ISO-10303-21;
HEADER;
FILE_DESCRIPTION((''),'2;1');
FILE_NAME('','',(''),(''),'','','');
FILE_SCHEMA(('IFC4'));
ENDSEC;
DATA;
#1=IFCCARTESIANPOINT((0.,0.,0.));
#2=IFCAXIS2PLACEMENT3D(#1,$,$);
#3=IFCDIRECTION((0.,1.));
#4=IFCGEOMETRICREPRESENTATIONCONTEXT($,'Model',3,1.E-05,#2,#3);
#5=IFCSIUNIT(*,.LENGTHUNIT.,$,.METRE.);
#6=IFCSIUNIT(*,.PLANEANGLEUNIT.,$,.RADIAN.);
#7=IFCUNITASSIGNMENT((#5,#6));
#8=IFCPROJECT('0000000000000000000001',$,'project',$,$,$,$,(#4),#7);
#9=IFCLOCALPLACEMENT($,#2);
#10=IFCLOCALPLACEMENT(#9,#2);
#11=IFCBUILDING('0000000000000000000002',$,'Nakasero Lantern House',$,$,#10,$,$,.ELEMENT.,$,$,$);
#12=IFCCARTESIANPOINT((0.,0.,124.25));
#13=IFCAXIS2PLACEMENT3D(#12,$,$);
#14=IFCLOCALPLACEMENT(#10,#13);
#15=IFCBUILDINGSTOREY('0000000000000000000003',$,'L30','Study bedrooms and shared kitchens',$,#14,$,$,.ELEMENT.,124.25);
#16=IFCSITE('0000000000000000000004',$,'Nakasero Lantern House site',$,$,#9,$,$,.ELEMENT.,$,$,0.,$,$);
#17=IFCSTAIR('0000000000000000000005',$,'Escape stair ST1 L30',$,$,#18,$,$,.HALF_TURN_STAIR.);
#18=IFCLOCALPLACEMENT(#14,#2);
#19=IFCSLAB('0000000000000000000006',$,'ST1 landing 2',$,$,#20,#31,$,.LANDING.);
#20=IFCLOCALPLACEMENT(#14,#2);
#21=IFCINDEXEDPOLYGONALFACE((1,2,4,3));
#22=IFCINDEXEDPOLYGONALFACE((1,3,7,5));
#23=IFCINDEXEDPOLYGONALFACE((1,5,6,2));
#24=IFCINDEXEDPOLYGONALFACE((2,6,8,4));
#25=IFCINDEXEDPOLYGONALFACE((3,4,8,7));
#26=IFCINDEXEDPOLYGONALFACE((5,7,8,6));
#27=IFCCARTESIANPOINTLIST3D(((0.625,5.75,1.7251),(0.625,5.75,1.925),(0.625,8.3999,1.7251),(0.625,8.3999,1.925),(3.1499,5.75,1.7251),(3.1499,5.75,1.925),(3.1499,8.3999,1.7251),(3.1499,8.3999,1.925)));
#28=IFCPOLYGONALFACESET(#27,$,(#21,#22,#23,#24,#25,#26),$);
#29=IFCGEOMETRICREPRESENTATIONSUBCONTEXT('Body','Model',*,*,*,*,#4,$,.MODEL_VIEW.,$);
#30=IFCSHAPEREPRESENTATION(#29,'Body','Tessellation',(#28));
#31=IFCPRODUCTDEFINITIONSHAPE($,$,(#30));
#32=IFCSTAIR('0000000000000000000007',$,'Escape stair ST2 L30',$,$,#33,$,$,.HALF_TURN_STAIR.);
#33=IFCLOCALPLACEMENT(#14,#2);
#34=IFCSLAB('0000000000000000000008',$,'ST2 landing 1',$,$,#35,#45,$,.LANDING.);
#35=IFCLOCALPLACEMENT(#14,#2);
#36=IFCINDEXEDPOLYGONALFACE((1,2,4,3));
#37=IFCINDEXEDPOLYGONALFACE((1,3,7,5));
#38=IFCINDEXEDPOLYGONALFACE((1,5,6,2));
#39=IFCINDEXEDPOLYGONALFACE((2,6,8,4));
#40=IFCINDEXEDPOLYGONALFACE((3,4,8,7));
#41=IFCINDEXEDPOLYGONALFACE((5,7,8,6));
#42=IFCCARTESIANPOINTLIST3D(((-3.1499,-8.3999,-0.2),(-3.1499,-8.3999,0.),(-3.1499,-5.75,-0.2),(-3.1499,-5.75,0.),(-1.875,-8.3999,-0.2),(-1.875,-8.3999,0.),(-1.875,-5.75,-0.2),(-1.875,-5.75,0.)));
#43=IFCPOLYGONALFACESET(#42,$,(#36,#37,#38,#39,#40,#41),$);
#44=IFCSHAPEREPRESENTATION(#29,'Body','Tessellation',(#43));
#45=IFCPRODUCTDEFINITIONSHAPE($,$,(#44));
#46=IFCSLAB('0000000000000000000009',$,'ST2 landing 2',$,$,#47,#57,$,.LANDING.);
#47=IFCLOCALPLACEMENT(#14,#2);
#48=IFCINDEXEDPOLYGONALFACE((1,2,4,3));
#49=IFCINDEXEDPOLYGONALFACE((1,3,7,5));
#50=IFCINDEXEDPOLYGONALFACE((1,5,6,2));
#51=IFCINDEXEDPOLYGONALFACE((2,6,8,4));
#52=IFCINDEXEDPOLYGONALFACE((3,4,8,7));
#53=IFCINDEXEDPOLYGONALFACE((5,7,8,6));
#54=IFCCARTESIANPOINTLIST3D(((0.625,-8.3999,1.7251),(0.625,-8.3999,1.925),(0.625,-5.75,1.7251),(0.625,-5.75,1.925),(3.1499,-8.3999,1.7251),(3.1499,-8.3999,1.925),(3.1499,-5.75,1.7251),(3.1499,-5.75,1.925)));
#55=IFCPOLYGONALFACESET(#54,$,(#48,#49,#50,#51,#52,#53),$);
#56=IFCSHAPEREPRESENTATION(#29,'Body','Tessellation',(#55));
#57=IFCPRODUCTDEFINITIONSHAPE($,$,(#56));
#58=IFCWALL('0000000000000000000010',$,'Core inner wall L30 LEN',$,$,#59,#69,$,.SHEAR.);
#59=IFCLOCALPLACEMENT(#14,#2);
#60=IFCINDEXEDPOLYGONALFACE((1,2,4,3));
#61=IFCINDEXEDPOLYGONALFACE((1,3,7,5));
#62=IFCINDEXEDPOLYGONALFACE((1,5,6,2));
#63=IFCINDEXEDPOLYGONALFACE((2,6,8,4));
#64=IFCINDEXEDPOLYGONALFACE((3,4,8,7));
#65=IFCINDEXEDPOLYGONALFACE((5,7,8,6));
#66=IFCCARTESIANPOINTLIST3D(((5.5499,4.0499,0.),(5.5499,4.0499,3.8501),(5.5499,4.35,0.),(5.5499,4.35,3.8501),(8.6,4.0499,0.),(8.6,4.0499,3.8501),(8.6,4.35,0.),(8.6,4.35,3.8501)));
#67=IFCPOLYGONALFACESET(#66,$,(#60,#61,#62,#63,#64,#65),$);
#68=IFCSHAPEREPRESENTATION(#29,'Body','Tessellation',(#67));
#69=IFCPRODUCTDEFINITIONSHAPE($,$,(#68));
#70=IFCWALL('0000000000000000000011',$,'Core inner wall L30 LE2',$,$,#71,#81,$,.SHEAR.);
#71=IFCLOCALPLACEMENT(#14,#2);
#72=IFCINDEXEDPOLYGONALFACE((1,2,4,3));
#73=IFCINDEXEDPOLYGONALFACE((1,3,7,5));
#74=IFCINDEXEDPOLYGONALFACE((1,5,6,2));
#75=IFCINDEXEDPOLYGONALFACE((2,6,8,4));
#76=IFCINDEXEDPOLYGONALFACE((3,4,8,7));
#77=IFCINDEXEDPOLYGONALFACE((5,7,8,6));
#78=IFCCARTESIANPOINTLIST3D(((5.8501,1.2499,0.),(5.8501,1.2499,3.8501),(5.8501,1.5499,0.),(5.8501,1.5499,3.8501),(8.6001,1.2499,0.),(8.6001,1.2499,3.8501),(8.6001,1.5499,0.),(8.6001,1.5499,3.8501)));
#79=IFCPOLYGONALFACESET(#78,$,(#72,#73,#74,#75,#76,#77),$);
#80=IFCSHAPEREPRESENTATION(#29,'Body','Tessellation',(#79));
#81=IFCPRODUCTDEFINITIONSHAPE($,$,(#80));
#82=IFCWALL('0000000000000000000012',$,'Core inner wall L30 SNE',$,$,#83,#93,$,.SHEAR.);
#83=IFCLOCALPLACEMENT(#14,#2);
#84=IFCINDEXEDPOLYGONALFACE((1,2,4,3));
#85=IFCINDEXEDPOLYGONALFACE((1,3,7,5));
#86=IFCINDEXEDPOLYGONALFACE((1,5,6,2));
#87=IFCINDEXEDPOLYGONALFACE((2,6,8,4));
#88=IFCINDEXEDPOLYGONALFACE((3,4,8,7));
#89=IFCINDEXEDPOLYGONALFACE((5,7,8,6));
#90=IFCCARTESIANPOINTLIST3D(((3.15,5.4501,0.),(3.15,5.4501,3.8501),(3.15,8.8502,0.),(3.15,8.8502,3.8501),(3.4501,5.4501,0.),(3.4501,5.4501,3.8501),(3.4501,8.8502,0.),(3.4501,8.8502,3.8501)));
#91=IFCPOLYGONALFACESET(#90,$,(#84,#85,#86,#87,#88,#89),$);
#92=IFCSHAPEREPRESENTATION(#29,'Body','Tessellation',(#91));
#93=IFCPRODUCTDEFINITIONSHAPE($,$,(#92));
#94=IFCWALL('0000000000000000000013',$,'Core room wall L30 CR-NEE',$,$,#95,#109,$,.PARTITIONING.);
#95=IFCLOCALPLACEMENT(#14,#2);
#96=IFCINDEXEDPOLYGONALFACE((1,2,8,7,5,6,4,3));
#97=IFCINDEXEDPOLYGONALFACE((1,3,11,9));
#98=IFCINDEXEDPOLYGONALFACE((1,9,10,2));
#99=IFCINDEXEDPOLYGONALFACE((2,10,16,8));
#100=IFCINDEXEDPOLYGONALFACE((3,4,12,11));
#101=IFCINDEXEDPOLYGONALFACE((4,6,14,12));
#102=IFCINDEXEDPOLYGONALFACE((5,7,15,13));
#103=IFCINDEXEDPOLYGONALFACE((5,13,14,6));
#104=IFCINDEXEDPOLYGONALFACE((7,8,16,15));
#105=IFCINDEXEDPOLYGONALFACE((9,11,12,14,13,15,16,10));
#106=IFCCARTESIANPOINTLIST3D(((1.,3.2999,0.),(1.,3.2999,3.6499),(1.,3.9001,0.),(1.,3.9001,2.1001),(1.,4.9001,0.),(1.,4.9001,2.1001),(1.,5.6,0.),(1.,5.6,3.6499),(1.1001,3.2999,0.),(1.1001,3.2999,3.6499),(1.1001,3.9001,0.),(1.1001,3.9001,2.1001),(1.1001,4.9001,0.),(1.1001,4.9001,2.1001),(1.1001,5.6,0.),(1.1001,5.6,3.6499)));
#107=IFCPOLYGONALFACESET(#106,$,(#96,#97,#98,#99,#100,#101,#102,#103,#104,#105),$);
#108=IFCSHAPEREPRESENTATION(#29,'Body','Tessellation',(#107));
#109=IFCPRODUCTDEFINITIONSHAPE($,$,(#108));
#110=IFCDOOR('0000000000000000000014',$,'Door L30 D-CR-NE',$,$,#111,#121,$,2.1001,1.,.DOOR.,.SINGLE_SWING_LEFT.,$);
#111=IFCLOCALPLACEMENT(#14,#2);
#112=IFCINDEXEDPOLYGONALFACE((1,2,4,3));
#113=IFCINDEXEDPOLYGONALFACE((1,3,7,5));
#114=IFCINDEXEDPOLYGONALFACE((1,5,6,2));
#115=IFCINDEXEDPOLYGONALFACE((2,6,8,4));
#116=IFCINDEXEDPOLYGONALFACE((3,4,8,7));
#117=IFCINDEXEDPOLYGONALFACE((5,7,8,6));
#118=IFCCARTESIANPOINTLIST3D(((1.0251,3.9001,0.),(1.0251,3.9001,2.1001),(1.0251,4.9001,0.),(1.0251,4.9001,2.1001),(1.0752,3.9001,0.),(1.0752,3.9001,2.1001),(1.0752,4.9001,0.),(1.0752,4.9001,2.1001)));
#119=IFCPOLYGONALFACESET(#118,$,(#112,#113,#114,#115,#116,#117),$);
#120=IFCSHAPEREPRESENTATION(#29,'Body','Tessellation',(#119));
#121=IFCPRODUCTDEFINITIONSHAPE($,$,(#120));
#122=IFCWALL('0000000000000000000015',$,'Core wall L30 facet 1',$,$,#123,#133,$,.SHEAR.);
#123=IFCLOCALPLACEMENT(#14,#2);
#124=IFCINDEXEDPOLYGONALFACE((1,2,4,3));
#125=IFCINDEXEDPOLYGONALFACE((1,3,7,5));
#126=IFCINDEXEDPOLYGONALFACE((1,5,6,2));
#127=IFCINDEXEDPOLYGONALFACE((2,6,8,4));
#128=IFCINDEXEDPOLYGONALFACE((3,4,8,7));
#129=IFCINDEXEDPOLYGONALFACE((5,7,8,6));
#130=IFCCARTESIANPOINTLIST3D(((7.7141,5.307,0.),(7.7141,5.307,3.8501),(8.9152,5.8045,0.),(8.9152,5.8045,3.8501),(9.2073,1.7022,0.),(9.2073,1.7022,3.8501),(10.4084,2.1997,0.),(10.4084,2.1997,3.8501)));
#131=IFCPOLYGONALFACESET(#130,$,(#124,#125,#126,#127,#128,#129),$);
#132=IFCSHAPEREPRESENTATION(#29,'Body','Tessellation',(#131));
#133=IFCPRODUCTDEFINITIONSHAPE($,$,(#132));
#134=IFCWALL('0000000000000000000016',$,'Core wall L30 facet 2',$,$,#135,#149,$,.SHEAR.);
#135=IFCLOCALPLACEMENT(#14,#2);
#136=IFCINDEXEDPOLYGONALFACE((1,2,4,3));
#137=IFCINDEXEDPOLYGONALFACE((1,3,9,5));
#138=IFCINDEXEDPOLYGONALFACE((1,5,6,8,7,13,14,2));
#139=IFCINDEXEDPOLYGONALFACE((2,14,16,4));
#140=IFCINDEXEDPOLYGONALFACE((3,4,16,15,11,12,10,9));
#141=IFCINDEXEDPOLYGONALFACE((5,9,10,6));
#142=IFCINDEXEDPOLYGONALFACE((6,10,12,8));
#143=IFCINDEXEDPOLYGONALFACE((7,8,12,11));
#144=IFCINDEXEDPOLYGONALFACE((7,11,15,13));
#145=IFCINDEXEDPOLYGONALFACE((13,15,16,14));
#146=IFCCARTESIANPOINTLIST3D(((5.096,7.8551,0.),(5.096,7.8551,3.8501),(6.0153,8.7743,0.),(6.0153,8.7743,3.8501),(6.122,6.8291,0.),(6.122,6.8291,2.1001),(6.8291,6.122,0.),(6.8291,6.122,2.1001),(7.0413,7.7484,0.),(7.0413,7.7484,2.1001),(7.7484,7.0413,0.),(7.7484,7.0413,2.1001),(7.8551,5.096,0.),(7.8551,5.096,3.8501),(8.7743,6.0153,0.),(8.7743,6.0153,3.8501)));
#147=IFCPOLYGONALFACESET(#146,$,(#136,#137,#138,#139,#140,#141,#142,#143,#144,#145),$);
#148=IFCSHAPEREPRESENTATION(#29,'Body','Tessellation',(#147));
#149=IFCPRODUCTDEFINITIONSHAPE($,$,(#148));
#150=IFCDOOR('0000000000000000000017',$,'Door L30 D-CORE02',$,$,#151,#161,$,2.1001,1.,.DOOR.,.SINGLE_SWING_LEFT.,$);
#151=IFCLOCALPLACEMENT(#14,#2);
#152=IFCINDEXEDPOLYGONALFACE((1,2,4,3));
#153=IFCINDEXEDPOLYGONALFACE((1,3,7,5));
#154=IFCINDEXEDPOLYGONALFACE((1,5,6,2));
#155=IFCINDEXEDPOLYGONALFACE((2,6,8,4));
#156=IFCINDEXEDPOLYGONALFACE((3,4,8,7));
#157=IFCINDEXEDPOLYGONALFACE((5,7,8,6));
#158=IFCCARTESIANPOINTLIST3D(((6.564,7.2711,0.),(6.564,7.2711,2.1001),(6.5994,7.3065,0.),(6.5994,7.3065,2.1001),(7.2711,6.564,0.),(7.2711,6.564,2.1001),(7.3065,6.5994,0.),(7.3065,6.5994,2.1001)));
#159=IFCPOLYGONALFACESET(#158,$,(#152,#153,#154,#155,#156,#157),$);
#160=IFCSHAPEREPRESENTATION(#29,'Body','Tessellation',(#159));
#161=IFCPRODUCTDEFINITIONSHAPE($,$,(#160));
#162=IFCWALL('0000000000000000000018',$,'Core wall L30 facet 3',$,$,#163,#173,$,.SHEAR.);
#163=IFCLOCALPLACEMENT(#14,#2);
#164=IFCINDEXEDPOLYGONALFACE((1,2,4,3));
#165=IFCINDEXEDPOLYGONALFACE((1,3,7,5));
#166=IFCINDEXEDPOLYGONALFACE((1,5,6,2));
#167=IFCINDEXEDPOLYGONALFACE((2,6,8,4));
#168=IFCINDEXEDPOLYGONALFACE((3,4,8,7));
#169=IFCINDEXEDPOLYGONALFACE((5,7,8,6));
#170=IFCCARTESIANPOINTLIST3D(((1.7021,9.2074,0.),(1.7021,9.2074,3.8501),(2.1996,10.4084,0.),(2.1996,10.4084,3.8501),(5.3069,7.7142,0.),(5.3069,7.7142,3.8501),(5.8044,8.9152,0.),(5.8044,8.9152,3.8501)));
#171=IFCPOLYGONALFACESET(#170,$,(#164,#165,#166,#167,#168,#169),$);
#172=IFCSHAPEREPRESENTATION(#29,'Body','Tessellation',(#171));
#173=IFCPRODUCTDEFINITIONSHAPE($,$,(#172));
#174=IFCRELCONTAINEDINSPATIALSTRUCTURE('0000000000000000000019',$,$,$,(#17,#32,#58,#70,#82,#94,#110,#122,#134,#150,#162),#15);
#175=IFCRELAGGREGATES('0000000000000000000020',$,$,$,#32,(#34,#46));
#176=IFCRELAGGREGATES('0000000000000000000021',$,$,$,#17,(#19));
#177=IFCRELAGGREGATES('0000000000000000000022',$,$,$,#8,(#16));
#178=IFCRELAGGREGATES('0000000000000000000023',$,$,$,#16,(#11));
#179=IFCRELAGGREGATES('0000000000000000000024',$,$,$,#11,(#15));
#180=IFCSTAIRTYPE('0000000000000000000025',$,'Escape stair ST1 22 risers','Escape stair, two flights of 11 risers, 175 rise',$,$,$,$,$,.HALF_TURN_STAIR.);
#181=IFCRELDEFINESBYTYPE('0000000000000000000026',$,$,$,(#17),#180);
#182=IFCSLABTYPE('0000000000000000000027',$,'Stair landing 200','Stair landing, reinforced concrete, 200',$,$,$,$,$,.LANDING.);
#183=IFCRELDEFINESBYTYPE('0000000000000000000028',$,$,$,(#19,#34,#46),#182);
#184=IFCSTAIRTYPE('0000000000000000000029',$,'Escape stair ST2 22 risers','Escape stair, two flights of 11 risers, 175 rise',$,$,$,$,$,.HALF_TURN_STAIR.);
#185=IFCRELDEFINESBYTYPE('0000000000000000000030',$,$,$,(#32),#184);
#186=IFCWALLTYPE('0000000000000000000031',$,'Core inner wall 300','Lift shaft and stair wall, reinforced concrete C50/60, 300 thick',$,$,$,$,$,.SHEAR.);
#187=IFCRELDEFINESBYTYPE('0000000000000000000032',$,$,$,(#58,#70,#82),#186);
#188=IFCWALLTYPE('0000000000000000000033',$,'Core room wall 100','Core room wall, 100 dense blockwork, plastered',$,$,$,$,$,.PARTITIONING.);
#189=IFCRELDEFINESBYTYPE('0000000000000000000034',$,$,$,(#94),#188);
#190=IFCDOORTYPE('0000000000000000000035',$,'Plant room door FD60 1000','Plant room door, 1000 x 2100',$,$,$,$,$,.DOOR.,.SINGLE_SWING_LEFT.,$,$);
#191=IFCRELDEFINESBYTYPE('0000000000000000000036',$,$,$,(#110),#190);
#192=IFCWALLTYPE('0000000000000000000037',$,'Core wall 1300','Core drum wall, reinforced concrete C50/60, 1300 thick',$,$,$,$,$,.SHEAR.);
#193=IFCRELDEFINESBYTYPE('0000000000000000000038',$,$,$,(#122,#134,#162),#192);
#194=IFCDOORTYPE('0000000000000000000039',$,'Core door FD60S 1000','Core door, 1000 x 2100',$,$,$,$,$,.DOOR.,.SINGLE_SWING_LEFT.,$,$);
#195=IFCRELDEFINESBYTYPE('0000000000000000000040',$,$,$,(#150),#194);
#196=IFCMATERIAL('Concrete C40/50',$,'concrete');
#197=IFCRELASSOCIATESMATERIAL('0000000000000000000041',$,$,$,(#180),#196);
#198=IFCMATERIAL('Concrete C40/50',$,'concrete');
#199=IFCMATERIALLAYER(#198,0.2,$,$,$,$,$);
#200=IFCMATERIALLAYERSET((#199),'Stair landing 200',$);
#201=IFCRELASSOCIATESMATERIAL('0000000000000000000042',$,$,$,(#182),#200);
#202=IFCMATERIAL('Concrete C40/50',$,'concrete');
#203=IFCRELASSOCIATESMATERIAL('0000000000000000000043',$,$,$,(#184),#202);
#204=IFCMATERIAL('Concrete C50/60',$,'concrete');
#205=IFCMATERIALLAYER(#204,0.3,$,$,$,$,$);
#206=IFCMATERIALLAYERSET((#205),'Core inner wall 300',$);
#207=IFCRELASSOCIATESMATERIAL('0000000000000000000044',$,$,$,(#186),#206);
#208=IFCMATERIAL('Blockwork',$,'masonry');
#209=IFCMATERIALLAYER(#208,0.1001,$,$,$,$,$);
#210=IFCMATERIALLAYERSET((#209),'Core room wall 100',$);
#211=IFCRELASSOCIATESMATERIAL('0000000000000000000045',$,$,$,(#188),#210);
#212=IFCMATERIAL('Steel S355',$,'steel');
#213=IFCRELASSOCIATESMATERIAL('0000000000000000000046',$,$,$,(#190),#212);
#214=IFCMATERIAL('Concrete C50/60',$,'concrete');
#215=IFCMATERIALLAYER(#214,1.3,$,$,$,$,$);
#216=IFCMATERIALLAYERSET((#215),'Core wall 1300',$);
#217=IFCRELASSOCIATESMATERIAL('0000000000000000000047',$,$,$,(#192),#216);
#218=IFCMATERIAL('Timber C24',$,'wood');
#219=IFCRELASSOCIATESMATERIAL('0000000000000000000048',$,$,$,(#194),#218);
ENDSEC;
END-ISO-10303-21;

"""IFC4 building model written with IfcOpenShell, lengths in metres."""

from ifc_helpers import new_model, si_unit, direction, frame, frame_2d, origin, place, context, subcontext, project, spatial, polyline, rectangle, outline, extrude, material, layer, layer_set, type_object, element, fill, aggregate, save


model = new_model("IFC4")

# Units and contexts
model_context = context("Model", 3, precision=1e-05, world=origin(), true_north=direction((0.0, 1.0)))
body_context = subcontext(model_context, "Body", "Model", "MODEL_VIEW")
ifc_project = project(units=[si_unit("LENGTHUNIT", "METRE"), si_unit("PLANEANGLEUNIT", "RADIAN")], contexts=[model_context])

# Site, building, storey
site_placement = place(None, origin())
site = spatial("IfcSite", under=ifc_project, at=site_placement, Name="Nakasero Lantern House site", CompositionType="ELEMENT", RefElevation=0.0)
building_placement = place(site_placement, origin())
building = spatial("IfcBuilding", under=site, at=building_placement, Name="Nakasero Lantern House", CompositionType="ELEMENT")
storey_placement = place(building_placement, frame((0.0, 0.0, 124.25)))
storey = spatial("IfcBuildingStorey", under=building, at=storey_placement, Name="L30", Description="Study bedrooms and shared kitchens", CompositionType="ELEMENT", Elevation=124.25)

# Stairs, slabs
ifc_material_1 = material(Name="Concrete C40/50", Category="concrete")
stair_type_1 = type_object("IfcStairType", Name="Escape stair ST1 22 risers", Description="Escape stair, two flights of 11 risers, 175 rise", PredefinedType="HALF_TURN_STAIR", material=ifc_material_1)
stair_1_placement = place(storey_placement, origin())
stair_1 = element("IfcStair", 1, at=stair_1_placement, inside=storey, type_object=stair_type_1, Name="Escape stair ST1 L30", PredefinedType="HALF_TURN_STAIR")
ifc_material_2 = material(Name="Concrete C40/50", Category="concrete")
ifc_layer_1 = layer(ifc_material_2, 0.2)
ifc_layer_set_1 = layer_set([ifc_layer_1], Name="Stair landing 200")
slab_type_1 = type_object("IfcSlabType", Name="Stair landing 200", Description="Stair landing, reinforced concrete, 200", PredefinedType="LANDING", material=ifc_layer_set_1)
slab_1_placement = place(storey_placement, frame((0.0, 0.0, 1.7251)))
slab_1 = element("IfcSlab", 2, at=slab_1_placement, type_object=slab_type_1, Name="ST1 landing 2", PredefinedType="LANDING", context=body_context, shape_type="SweptSolid", body=[
    extrude(outline(polyline([(0.625, 5.75), (3.1499, 5.75), (3.1499, 8.3999), (0.625, 8.3999), (0.625, 5.75)])), origin(), (0.0, 0.0, 1.0), 0.2),
])
ifc_material_3 = material(Name="Concrete C40/50", Category="concrete")
stair_type_2 = type_object("IfcStairType", Name="Escape stair ST2 22 risers", Description="Escape stair, two flights of 11 risers, 175 rise", PredefinedType="HALF_TURN_STAIR", material=ifc_material_3)
stair_2_placement = place(storey_placement, origin())
stair_2 = element("IfcStair", 3, at=stair_2_placement, inside=storey, type_object=stair_type_2, Name="Escape stair ST2 L30", PredefinedType="HALF_TURN_STAIR")
slab_2_placement = place(storey_placement, frame((0.0, 0.0, -0.2)))
slab_2 = element("IfcSlab", 4, at=slab_2_placement, type_object=slab_type_1, Name="ST2 landing 1", PredefinedType="LANDING", context=body_context, shape_type="SweptSolid", body=[
    extrude(outline(polyline([(-3.1499, -8.3999), (-1.875, -8.3999), (-1.875, -5.75), (-3.1499, -5.75), (-3.1499, -8.3999)])), origin(), (0.0, 0.0, 1.0), 0.2),
])
slab_3_placement = place(storey_placement, frame((0.0, 0.0, 1.7251)))
slab_3 = element("IfcSlab", 5, at=slab_3_placement, type_object=slab_type_1, Name="ST2 landing 2", PredefinedType="LANDING", context=body_context, shape_type="SweptSolid", body=[
    extrude(outline(polyline([(0.625, -8.3999), (3.1499, -8.3999), (3.1499, -5.75), (0.625, -5.75), (0.625, -8.3999)])), origin(), (0.0, 0.0, 1.0), 0.2),
])
aggregate(stair_2, [slab_2, slab_3])

# Walls
ifc_material_4 = material(Name="Concrete C50/60", Category="concrete")
ifc_layer_2 = layer(ifc_material_4, 0.3)
ifc_layer_set_2 = layer_set([ifc_layer_2], Name="Core inner wall 300")
wall_type_1 = type_object("IfcWallType", Name="Core inner wall 300", Description="Lift shaft and stair wall, reinforced concrete C50/60, 300 thick", PredefinedType="SHEAR", material=ifc_layer_set_2)
wall_1_placement = place(storey_placement, frame((5.55, 4.2, 0.0), z_axis=(0.0, 0.0, 1.0), x_axis=(1.0, 0.0, 0.0)))
element("IfcWall", 6, at=wall_1_placement, inside=storey, type_object=wall_type_1, Name="Core inner wall L30 LEN", PredefinedType="SHEAR", context=body_context, shape_type="SweptSolid", body=[
    extrude(rectangle(XDim=3.05, YDim=0.3, at=frame_2d((1.5249, 0.0))), origin(), (0.0, 0.0, 1.0), 3.8501),
])
wall_2_placement = place(storey_placement, frame((5.8501, 1.3999, 0.0), z_axis=(0.0, 0.0, 1.0), x_axis=(1.0, 0.0, 0.0)))
element("IfcWall", 7, at=wall_2_placement, inside=storey, type_object=wall_type_1, Name="Core inner wall L30 LE2", PredefinedType="SHEAR", context=body_context, shape_type="SweptSolid", body=[
    extrude(rectangle(XDim=2.75, YDim=0.3, at=frame_2d((1.375, 0.0))), origin(), (0.0, 0.0, 1.0), 3.8501),
])
wall_3_placement = place(storey_placement, frame((3.3, 5.45, 0.0), z_axis=(0.0, 0.0, 1.0), x_axis=(0.0, 1.0, 0.0)))
element("IfcWall", 8, at=wall_3_placement, inside=storey, type_object=wall_type_1, Name="Core inner wall L30 SNE", PredefinedType="SHEAR", context=body_context, shape_type="SweptSolid", body=[
    extrude(rectangle(XDim=3.4001, YDim=0.3, at=frame_2d((1.7002, 0.0))), origin(), (0.0, 0.0, 1.0), 3.8501),
])

# Wall, opening, door
ifc_material_5 = material(Name="Blockwork", Category="masonry")
ifc_layer_3 = layer(ifc_material_5, 0.1001)
ifc_layer_set_3 = layer_set([ifc_layer_3], Name="Core room wall 100")
wall_type_2 = type_object("IfcWallType", Name="Core room wall 100", Description="Core room wall, 100 dense blockwork, plastered", PredefinedType="PARTITIONING", material=ifc_layer_set_3)
wall_4_placement = place(storey_placement, frame((1.05, 3.3, 0.0), z_axis=(0.0, 0.0, 1.0), x_axis=(0.0, 1.0, 0.0)))
wall_4 = element("IfcWall", 9, at=wall_4_placement, inside=storey, type_object=wall_type_2, Name="Core room wall L30 CR-NEE", PredefinedType="PARTITIONING", context=body_context, shape_type="SweptSolid", body=[
    extrude(rectangle(XDim=2.3, YDim=0.1001, at=frame_2d((1.1499, 0.0))), origin(), (0.0, 0.0, 1.0), 3.6499),
])
opening_1_placement = place(wall_4_placement, frame((0.6001, 0.0, 0.0)))
opening_1 = element("IfcOpeningElement", 10, at=opening_1_placement, cuts=wall_4, PredefinedType="OPENING", context=body_context, shape_type="SweptSolid", body=[
    extrude(rectangle(XDim=1.0, YDim=2.1001, at=frame_2d((0.5, 1.05))), frame((0.0, 0.0701, 0.0), z_axis=(0.0, -1.0, 0.0), x_axis=(1.0, 0.0, 0.0)), (0.0, 0.0, 1.0), 0.1401),
])
ifc_material_6 = material(Name="Steel S355", Category="steel")
door_type_1 = type_object("IfcDoorType", Name="Plant room door FD60 1000", Description="Plant room door, 1000 x 2100", OperationType="SINGLE_SWING_LEFT", PredefinedType="DOOR", material=ifc_material_6)
door_1_placement = place(opening_1_placement, origin())
door_1 = element("IfcDoor", 11, at=door_1_placement, inside=storey, type_object=door_type_1, Name="Door L30 D-CR-NE", OperationType="SINGLE_SWING_LEFT", OverallHeight=2.1001, OverallWidth=1.0, PredefinedType="DOOR", context=body_context, shape_type="SweptSolid", body=[
    extrude(rectangle(XDim=1.0, YDim=2.1001, at=frame_2d((0.5, 1.05))), frame((0.0, 0.0249, 0.0), z_axis=(0.0, -1.0, 0.0), x_axis=(1.0, 0.0, 0.0)), (0.0, 0.0, 1.0), 0.05),
])
fill(opening_1, door_1)

# Wall
ifc_material_7 = material(Name="Concrete C50/60", Category="concrete")
ifc_layer_4 = layer(ifc_material_7, 1.3)
ifc_layer_set_4 = layer_set([ifc_layer_4], Name="Core wall 1300")
wall_type_3 = type_object("IfcWallType", Name="Core wall 1300", Description="Core drum wall, reinforced concrete C50/60, 1300 thick", PredefinedType="SHEAR", material=ifc_layer_set_4)
wall_5_placement = place(storey_placement, frame((9.8079, 1.9509, 0.0), z_axis=(0.0, 0.0, 1.0), x_axis=(-0.382691, 0.923877, 0.0)))
element("IfcWall", 12, at=wall_5_placement, inside=storey, type_object=wall_type_3, Name="Core wall L30 facet 1", PredefinedType="SHEAR", context=body_context, shape_type="SweptSolid", body=[
    extrude(rectangle(XDim=3.9019, YDim=1.3, at=frame_2d((1.9509, 0.0))), origin(), (0.0, 0.0, 1.0), 3.8501),
])

# Wall, opening, door
wall_6_placement = place(storey_placement, frame((8.3147, 5.5557, 0.0), z_axis=(0.0, 0.0, 1.0), x_axis=(-0.707107, 0.707107, 0.0)))
wall_6 = element("IfcWall", 13, at=wall_6_placement, inside=storey, type_object=wall_type_3, Name="Core wall L30 facet 2", PredefinedType="SHEAR", context=body_context, shape_type="SweptSolid", body=[
    extrude(rectangle(XDim=3.9019, YDim=1.3, at=frame_2d((1.9509, 0.0))), origin(), (0.0, 0.0, 1.0), 3.8501),
])
opening_2_placement = place(wall_6_placement, frame((1.4509, 0.0, 0.0)))
opening_2 = element("IfcOpeningElement", 14, at=opening_2_placement, cuts=wall_6, PredefinedType="OPENING", context=body_context, shape_type="SweptSolid", body=[
    extrude(rectangle(XDim=1.0, YDim=2.1001, at=frame_2d((0.5, 1.05))), frame((0.0, 0.6699, 0.0), z_axis=(0.0, -1.0, 0.0), x_axis=(1.0, 0.0, 0.0)), (0.0, 0.0, 1.0), 1.3401),
])
ifc_material_8 = material(Name="Timber C24", Category="wood")
door_type_2 = type_object("IfcDoorType", Name="Core door FD60S 1000", Description="Core door, 1000 x 2100", OperationType="SINGLE_SWING_LEFT", PredefinedType="DOOR", material=ifc_material_8)
door_2_placement = place(opening_2_placement, origin())
door_2 = element("IfcDoor", 15, at=door_2_placement, inside=storey, type_object=door_type_2, Name="Door L30 D-CORE02", OperationType="SINGLE_SWING_LEFT", OverallHeight=2.1001, OverallWidth=1.0, PredefinedType="DOOR", context=body_context, shape_type="SweptSolid", body=[
    extrude(rectangle(XDim=1.0, YDim=2.1001, at=frame_2d((0.5, 1.05))), frame((0.0, 0.0249, 0.0), z_axis=(0.0, -1.0, 0.0), x_axis=(1.0, 0.0, 0.0)), (0.0, 0.0, 1.0), 0.05),
])
fill(opening_2, door_2)

# Wall
wall_7_placement = place(storey_placement, frame((5.5557, 8.3147, 0.0), z_axis=(0.0, 0.0, 1.0), x_axis=(-0.923877, 0.382691, 0.0)))
element("IfcWall", 16, at=wall_7_placement, inside=storey, type_object=wall_type_3, Name="Core wall L30 facet 3", PredefinedType="SHEAR", context=body_context, shape_type="SweptSolid", body=[
    extrude(rectangle(XDim=3.9019, YDim=1.3, at=frame_2d((1.9509, 0.0))), origin(), (0.0, 0.0, 1.0), 3.8501),
])

aggregate(stair_1, [slab_1])

save(model, "model.ifc")
